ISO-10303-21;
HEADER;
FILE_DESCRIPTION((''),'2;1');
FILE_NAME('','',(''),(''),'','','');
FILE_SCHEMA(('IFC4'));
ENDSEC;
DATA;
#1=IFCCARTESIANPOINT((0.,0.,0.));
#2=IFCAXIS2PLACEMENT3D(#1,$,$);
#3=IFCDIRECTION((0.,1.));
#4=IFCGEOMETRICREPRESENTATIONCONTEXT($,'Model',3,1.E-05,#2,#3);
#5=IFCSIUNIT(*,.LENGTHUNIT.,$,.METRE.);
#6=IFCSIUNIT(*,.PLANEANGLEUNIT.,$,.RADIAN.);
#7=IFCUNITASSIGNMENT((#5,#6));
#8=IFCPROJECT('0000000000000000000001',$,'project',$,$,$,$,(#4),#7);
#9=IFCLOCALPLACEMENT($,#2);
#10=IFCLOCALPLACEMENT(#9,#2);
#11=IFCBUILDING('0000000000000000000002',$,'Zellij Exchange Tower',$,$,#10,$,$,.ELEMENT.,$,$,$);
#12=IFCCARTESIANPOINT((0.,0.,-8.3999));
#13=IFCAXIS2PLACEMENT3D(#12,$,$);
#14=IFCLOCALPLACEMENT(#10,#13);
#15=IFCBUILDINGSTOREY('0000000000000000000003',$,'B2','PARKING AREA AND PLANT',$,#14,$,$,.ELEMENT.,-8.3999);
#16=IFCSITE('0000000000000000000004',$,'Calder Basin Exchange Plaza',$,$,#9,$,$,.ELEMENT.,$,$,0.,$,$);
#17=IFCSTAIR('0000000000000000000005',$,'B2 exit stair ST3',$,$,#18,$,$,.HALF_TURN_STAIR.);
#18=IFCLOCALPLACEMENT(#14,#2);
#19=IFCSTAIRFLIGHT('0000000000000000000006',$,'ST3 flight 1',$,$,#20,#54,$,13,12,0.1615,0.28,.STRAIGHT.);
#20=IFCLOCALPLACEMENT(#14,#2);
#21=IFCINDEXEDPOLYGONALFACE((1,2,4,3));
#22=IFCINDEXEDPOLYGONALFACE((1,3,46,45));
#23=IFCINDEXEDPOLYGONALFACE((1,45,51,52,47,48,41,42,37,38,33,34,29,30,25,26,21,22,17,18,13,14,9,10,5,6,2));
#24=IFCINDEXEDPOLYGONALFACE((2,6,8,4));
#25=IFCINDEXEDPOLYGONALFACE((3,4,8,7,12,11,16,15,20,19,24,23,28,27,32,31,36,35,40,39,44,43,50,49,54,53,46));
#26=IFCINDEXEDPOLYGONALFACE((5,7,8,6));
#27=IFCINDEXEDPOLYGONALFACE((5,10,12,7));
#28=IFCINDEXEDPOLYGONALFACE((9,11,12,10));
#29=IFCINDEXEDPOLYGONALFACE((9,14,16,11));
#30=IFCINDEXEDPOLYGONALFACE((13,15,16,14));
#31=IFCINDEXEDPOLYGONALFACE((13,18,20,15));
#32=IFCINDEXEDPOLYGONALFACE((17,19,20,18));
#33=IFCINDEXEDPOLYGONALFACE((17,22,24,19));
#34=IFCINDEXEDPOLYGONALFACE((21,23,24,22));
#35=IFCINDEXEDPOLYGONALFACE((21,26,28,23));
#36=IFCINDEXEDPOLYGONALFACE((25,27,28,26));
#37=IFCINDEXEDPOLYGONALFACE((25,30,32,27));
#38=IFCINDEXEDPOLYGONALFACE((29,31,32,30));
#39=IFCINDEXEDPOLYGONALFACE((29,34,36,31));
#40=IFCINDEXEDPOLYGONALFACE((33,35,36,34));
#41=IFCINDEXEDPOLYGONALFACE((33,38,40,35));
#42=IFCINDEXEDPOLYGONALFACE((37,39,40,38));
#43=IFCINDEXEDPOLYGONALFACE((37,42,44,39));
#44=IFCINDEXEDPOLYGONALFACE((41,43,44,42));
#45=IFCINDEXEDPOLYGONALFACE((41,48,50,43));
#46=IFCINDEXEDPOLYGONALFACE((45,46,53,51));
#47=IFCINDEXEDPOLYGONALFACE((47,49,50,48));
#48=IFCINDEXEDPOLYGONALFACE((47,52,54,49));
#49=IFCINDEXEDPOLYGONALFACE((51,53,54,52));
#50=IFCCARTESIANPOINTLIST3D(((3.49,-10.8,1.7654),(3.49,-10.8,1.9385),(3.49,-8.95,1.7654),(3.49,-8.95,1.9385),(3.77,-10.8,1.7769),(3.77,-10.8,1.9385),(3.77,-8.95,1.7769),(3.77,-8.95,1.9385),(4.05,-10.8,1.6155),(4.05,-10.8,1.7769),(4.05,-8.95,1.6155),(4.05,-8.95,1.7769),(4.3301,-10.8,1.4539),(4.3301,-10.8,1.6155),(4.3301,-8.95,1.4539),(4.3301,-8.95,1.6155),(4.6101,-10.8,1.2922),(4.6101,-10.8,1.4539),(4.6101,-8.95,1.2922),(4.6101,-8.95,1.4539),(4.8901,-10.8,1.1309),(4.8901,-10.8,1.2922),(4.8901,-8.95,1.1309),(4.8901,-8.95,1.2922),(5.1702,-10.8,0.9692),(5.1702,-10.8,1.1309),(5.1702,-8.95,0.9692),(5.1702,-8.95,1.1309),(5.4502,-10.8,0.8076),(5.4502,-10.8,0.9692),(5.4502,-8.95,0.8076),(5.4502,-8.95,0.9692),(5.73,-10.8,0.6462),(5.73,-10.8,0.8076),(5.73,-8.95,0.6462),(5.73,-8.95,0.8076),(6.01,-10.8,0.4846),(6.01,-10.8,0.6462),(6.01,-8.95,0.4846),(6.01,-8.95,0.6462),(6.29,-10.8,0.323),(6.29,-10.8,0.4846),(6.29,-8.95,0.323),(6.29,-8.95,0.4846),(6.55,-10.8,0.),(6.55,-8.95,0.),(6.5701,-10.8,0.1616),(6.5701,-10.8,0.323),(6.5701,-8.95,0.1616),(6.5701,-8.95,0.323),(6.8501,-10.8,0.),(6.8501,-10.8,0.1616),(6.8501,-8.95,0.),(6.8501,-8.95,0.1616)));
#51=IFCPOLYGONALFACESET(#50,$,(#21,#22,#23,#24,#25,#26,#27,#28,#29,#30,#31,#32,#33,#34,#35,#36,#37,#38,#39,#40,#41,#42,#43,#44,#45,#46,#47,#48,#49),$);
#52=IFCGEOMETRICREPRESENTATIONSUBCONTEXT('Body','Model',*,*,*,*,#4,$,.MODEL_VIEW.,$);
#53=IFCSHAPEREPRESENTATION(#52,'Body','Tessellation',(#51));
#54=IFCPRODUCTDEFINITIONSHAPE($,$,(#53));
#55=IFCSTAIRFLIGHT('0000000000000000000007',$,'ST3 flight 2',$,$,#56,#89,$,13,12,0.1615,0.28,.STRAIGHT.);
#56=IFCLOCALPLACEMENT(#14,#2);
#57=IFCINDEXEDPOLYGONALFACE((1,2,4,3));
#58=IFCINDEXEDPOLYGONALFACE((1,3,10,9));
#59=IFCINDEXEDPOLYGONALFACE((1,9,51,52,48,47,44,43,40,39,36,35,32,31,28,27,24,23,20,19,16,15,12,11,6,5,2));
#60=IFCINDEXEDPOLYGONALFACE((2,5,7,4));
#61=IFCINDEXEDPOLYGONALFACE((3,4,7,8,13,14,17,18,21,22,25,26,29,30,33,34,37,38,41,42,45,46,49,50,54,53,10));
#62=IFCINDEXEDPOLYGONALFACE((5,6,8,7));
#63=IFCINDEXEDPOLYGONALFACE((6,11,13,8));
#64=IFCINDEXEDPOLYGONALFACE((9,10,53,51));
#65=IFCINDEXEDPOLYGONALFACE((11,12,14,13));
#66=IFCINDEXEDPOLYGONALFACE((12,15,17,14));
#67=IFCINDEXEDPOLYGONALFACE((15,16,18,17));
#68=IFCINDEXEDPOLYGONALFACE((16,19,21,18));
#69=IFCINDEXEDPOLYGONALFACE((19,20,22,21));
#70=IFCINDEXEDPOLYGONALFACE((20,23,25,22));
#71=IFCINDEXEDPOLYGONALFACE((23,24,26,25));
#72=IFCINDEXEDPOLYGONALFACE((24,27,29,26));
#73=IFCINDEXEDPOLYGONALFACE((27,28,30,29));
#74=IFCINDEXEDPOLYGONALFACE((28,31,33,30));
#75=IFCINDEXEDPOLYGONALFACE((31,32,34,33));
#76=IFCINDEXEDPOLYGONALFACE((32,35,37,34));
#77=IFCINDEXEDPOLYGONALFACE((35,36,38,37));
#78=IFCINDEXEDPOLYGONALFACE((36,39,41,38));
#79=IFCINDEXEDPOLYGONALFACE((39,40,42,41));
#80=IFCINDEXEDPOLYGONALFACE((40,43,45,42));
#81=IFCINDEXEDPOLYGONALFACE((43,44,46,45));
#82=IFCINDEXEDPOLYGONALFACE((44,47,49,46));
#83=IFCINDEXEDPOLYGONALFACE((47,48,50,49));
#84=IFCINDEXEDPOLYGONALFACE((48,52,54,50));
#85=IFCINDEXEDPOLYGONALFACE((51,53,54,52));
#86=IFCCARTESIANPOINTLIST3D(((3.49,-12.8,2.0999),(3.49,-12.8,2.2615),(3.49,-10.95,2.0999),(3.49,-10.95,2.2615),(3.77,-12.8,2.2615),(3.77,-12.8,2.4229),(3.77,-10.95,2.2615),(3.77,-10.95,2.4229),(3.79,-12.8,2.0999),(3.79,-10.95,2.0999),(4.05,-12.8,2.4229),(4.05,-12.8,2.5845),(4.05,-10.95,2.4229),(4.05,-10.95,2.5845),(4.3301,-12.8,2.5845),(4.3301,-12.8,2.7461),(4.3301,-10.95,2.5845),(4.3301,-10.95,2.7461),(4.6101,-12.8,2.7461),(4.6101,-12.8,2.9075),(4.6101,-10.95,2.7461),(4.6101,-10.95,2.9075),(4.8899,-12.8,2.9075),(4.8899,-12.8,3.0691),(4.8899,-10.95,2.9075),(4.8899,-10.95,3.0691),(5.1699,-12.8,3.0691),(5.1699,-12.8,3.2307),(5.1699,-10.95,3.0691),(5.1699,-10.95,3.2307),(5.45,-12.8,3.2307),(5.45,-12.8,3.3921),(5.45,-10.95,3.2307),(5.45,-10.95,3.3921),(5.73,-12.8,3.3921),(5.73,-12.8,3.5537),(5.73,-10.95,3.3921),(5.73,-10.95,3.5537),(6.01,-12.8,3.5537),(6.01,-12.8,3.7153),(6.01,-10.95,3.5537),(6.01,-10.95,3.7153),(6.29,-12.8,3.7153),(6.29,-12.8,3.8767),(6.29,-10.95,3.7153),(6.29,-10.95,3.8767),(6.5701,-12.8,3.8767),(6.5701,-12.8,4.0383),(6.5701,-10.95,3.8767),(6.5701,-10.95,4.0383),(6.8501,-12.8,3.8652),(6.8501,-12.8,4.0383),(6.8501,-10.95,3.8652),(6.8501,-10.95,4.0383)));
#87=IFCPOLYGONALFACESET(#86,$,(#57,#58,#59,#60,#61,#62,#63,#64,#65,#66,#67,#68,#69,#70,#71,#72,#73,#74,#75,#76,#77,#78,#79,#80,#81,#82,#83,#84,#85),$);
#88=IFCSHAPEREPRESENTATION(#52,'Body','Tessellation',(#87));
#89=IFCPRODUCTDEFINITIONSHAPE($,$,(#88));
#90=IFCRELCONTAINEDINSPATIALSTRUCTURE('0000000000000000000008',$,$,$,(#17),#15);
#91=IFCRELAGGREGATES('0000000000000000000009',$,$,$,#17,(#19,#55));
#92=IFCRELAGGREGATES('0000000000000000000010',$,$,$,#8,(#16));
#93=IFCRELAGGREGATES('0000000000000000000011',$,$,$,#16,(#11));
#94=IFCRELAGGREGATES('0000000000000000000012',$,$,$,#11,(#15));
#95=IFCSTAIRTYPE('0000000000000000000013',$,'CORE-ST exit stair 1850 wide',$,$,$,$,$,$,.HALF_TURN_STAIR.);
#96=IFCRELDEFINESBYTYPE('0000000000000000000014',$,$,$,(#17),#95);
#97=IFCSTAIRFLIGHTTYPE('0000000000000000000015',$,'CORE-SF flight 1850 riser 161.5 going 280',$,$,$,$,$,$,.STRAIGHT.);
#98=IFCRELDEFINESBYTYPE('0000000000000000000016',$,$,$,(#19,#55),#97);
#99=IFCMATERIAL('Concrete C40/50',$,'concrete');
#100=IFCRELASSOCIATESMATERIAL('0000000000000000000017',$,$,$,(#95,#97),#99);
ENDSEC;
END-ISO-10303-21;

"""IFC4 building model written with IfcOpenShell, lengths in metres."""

from ifc_helpers import new_model, si_unit, direction, frame, origin, place, context, subcontext, project, spatial, polyline, outline, extrude, material, type_object, element, aggregate, save


model = new_model("IFC4")

# Units and contexts
model_context = context("Model", 3, precision=1e-05, world=origin(), true_north=direction((0.0, 1.0)))
body_context = subcontext(model_context, "Body", "Model", "MODEL_VIEW")
ifc_project = project(units=[si_unit("LENGTHUNIT", "METRE"), si_unit("PLANEANGLEUNIT", "RADIAN")], contexts=[model_context])

# Site, building, storey
site_placement = place(None, origin())
site = spatial("IfcSite", under=ifc_project, at=site_placement, Name="Calder Basin Exchange Plaza", CompositionType="ELEMENT", RefElevation=0.0)
building_placement = place(site_placement, origin())
building = spatial("IfcBuilding", under=site, at=building_placement, Name="Zellij Exchange Tower", CompositionType="ELEMENT")
storey_placement = place(building_placement, frame((0.0, 0.0, -8.3999)))
storey = spatial("IfcBuildingStorey", under=building, at=storey_placement, Name="B2", Description="PARKING AREA AND PLANT", CompositionType="ELEMENT", Elevation=-8.3999)

# Stair, stair flights
ifc_material_1 = material(Name="Concrete C40/50", Category="concrete")
stair_type = type_object("IfcStairType", Name="CORE-ST exit stair 1850 wide", PredefinedType="HALF_TURN_STAIR", material=ifc_material_1)
stair_placement = place(storey_placement, origin())
stair = element("IfcStair", 1, at=stair_placement, inside=storey, type_object=stair_type, Name="B2 exit stair ST3", PredefinedType="HALF_TURN_STAIR")
stair_flight_type = type_object("IfcStairFlightType", Name="CORE-SF flight 1850 riser 161.5 going 280", PredefinedType="STRAIGHT", material=ifc_material_1)
stair_flight_1_placement = place(storey_placement, frame((6.8501, -9.875, 0.0), z_axis=(0.0, 0.0, 1.0), x_axis=(-1.0, 0.0, 0.0)))
stair_flight_1 = element("IfcStairFlight", 2, at=stair_flight_1_placement, type_object=stair_flight_type, Name="ST3 flight 1", NumberOfRisers=13, NumberOfTreads=12, PredefinedType="STRAIGHT", RiserHeight=0.1615, TreadLength=0.28, context=body_context, shape_type="SweptSolid", body=[
    extrude(outline(polyline([(0.0, 0.0), (0.0, 0.1616), (0.28, 0.1616), (0.28, 0.323), (0.5601, 0.323), (0.5601, 0.4846), (0.8401, 0.4846), (0.8401, 0.6462), (1.1201, 0.6462), (1.1201, 0.8076), (1.3999, 0.8076), (1.3999, 0.9692), (1.6799, 0.9692), (1.6799, 1.1309), (1.96, 1.1309), (1.96, 1.2922), (2.24, 1.2922), (2.24, 1.4539), (2.52, 1.4539), (2.52, 1.6155), (2.8, 1.6155), (2.8, 1.7769), (3.0801, 1.7769), (3.0801, 1.9385), (3.3601, 1.9385), (3.3601, 2.1001), (3.3601, 1.7654), (0.3, 0.0), (0.0, 0.0)])), frame((0.0, 0.925, 0.0), z_axis=(0.0, -1.0, 0.0), x_axis=(1.0, 0.0, 0.0)), (0.0, 0.0, 1.0), 1.8501),
])
stair_flight_2_placement = place(storey_placement, frame((3.49, -11.875, 2.0999), z_axis=(0.0, 0.0, 1.0), x_axis=(1.0, 0.0, 0.0)))
stair_flight_2 = element("IfcStairFlight", 3, at=stair_flight_2_placement, type_object=stair_flight_type, Name="ST3 flight 2", NumberOfRisers=13, NumberOfTreads=12, PredefinedType="STRAIGHT", RiserHeight=0.1615, TreadLength=0.28, context=body_context, shape_type="SweptSolid", body=[
    extrude(outline(polyline([(0.0, 0.0), (0.0, 0.1616), (0.28, 0.1616), (0.28, 0.323), (0.5601, 0.323), (0.5601, 0.4846), (0.8401, 0.4846), (0.8401, 0.6462), (1.1201, 0.6462), (1.1201, 0.8076), (1.3999, 0.8076), (1.3999, 0.9692), (1.6799, 0.9692), (1.6799, 1.1309), (1.96, 1.1309), (1.96, 1.2922), (2.24, 1.2922), (2.24, 1.4539), (2.52, 1.4539), (2.52, 1.6155), (2.8, 1.6155), (2.8, 1.7769), (3.0801, 1.7769), (3.0801, 1.9385), (3.3601, 1.9385), (3.3601, 2.1001), (3.3601, 1.7654), (0.3, 0.0), (0.0, 0.0)])), frame((0.0, 0.925, 0.0), z_axis=(0.0, -1.0, 0.0), x_axis=(1.0, 0.0, 0.0)), (0.0, 0.0, 1.0), 1.8501),
])
aggregate(stair, [stair_flight_1, stair_flight_2])

save(model, "model.ifc")
